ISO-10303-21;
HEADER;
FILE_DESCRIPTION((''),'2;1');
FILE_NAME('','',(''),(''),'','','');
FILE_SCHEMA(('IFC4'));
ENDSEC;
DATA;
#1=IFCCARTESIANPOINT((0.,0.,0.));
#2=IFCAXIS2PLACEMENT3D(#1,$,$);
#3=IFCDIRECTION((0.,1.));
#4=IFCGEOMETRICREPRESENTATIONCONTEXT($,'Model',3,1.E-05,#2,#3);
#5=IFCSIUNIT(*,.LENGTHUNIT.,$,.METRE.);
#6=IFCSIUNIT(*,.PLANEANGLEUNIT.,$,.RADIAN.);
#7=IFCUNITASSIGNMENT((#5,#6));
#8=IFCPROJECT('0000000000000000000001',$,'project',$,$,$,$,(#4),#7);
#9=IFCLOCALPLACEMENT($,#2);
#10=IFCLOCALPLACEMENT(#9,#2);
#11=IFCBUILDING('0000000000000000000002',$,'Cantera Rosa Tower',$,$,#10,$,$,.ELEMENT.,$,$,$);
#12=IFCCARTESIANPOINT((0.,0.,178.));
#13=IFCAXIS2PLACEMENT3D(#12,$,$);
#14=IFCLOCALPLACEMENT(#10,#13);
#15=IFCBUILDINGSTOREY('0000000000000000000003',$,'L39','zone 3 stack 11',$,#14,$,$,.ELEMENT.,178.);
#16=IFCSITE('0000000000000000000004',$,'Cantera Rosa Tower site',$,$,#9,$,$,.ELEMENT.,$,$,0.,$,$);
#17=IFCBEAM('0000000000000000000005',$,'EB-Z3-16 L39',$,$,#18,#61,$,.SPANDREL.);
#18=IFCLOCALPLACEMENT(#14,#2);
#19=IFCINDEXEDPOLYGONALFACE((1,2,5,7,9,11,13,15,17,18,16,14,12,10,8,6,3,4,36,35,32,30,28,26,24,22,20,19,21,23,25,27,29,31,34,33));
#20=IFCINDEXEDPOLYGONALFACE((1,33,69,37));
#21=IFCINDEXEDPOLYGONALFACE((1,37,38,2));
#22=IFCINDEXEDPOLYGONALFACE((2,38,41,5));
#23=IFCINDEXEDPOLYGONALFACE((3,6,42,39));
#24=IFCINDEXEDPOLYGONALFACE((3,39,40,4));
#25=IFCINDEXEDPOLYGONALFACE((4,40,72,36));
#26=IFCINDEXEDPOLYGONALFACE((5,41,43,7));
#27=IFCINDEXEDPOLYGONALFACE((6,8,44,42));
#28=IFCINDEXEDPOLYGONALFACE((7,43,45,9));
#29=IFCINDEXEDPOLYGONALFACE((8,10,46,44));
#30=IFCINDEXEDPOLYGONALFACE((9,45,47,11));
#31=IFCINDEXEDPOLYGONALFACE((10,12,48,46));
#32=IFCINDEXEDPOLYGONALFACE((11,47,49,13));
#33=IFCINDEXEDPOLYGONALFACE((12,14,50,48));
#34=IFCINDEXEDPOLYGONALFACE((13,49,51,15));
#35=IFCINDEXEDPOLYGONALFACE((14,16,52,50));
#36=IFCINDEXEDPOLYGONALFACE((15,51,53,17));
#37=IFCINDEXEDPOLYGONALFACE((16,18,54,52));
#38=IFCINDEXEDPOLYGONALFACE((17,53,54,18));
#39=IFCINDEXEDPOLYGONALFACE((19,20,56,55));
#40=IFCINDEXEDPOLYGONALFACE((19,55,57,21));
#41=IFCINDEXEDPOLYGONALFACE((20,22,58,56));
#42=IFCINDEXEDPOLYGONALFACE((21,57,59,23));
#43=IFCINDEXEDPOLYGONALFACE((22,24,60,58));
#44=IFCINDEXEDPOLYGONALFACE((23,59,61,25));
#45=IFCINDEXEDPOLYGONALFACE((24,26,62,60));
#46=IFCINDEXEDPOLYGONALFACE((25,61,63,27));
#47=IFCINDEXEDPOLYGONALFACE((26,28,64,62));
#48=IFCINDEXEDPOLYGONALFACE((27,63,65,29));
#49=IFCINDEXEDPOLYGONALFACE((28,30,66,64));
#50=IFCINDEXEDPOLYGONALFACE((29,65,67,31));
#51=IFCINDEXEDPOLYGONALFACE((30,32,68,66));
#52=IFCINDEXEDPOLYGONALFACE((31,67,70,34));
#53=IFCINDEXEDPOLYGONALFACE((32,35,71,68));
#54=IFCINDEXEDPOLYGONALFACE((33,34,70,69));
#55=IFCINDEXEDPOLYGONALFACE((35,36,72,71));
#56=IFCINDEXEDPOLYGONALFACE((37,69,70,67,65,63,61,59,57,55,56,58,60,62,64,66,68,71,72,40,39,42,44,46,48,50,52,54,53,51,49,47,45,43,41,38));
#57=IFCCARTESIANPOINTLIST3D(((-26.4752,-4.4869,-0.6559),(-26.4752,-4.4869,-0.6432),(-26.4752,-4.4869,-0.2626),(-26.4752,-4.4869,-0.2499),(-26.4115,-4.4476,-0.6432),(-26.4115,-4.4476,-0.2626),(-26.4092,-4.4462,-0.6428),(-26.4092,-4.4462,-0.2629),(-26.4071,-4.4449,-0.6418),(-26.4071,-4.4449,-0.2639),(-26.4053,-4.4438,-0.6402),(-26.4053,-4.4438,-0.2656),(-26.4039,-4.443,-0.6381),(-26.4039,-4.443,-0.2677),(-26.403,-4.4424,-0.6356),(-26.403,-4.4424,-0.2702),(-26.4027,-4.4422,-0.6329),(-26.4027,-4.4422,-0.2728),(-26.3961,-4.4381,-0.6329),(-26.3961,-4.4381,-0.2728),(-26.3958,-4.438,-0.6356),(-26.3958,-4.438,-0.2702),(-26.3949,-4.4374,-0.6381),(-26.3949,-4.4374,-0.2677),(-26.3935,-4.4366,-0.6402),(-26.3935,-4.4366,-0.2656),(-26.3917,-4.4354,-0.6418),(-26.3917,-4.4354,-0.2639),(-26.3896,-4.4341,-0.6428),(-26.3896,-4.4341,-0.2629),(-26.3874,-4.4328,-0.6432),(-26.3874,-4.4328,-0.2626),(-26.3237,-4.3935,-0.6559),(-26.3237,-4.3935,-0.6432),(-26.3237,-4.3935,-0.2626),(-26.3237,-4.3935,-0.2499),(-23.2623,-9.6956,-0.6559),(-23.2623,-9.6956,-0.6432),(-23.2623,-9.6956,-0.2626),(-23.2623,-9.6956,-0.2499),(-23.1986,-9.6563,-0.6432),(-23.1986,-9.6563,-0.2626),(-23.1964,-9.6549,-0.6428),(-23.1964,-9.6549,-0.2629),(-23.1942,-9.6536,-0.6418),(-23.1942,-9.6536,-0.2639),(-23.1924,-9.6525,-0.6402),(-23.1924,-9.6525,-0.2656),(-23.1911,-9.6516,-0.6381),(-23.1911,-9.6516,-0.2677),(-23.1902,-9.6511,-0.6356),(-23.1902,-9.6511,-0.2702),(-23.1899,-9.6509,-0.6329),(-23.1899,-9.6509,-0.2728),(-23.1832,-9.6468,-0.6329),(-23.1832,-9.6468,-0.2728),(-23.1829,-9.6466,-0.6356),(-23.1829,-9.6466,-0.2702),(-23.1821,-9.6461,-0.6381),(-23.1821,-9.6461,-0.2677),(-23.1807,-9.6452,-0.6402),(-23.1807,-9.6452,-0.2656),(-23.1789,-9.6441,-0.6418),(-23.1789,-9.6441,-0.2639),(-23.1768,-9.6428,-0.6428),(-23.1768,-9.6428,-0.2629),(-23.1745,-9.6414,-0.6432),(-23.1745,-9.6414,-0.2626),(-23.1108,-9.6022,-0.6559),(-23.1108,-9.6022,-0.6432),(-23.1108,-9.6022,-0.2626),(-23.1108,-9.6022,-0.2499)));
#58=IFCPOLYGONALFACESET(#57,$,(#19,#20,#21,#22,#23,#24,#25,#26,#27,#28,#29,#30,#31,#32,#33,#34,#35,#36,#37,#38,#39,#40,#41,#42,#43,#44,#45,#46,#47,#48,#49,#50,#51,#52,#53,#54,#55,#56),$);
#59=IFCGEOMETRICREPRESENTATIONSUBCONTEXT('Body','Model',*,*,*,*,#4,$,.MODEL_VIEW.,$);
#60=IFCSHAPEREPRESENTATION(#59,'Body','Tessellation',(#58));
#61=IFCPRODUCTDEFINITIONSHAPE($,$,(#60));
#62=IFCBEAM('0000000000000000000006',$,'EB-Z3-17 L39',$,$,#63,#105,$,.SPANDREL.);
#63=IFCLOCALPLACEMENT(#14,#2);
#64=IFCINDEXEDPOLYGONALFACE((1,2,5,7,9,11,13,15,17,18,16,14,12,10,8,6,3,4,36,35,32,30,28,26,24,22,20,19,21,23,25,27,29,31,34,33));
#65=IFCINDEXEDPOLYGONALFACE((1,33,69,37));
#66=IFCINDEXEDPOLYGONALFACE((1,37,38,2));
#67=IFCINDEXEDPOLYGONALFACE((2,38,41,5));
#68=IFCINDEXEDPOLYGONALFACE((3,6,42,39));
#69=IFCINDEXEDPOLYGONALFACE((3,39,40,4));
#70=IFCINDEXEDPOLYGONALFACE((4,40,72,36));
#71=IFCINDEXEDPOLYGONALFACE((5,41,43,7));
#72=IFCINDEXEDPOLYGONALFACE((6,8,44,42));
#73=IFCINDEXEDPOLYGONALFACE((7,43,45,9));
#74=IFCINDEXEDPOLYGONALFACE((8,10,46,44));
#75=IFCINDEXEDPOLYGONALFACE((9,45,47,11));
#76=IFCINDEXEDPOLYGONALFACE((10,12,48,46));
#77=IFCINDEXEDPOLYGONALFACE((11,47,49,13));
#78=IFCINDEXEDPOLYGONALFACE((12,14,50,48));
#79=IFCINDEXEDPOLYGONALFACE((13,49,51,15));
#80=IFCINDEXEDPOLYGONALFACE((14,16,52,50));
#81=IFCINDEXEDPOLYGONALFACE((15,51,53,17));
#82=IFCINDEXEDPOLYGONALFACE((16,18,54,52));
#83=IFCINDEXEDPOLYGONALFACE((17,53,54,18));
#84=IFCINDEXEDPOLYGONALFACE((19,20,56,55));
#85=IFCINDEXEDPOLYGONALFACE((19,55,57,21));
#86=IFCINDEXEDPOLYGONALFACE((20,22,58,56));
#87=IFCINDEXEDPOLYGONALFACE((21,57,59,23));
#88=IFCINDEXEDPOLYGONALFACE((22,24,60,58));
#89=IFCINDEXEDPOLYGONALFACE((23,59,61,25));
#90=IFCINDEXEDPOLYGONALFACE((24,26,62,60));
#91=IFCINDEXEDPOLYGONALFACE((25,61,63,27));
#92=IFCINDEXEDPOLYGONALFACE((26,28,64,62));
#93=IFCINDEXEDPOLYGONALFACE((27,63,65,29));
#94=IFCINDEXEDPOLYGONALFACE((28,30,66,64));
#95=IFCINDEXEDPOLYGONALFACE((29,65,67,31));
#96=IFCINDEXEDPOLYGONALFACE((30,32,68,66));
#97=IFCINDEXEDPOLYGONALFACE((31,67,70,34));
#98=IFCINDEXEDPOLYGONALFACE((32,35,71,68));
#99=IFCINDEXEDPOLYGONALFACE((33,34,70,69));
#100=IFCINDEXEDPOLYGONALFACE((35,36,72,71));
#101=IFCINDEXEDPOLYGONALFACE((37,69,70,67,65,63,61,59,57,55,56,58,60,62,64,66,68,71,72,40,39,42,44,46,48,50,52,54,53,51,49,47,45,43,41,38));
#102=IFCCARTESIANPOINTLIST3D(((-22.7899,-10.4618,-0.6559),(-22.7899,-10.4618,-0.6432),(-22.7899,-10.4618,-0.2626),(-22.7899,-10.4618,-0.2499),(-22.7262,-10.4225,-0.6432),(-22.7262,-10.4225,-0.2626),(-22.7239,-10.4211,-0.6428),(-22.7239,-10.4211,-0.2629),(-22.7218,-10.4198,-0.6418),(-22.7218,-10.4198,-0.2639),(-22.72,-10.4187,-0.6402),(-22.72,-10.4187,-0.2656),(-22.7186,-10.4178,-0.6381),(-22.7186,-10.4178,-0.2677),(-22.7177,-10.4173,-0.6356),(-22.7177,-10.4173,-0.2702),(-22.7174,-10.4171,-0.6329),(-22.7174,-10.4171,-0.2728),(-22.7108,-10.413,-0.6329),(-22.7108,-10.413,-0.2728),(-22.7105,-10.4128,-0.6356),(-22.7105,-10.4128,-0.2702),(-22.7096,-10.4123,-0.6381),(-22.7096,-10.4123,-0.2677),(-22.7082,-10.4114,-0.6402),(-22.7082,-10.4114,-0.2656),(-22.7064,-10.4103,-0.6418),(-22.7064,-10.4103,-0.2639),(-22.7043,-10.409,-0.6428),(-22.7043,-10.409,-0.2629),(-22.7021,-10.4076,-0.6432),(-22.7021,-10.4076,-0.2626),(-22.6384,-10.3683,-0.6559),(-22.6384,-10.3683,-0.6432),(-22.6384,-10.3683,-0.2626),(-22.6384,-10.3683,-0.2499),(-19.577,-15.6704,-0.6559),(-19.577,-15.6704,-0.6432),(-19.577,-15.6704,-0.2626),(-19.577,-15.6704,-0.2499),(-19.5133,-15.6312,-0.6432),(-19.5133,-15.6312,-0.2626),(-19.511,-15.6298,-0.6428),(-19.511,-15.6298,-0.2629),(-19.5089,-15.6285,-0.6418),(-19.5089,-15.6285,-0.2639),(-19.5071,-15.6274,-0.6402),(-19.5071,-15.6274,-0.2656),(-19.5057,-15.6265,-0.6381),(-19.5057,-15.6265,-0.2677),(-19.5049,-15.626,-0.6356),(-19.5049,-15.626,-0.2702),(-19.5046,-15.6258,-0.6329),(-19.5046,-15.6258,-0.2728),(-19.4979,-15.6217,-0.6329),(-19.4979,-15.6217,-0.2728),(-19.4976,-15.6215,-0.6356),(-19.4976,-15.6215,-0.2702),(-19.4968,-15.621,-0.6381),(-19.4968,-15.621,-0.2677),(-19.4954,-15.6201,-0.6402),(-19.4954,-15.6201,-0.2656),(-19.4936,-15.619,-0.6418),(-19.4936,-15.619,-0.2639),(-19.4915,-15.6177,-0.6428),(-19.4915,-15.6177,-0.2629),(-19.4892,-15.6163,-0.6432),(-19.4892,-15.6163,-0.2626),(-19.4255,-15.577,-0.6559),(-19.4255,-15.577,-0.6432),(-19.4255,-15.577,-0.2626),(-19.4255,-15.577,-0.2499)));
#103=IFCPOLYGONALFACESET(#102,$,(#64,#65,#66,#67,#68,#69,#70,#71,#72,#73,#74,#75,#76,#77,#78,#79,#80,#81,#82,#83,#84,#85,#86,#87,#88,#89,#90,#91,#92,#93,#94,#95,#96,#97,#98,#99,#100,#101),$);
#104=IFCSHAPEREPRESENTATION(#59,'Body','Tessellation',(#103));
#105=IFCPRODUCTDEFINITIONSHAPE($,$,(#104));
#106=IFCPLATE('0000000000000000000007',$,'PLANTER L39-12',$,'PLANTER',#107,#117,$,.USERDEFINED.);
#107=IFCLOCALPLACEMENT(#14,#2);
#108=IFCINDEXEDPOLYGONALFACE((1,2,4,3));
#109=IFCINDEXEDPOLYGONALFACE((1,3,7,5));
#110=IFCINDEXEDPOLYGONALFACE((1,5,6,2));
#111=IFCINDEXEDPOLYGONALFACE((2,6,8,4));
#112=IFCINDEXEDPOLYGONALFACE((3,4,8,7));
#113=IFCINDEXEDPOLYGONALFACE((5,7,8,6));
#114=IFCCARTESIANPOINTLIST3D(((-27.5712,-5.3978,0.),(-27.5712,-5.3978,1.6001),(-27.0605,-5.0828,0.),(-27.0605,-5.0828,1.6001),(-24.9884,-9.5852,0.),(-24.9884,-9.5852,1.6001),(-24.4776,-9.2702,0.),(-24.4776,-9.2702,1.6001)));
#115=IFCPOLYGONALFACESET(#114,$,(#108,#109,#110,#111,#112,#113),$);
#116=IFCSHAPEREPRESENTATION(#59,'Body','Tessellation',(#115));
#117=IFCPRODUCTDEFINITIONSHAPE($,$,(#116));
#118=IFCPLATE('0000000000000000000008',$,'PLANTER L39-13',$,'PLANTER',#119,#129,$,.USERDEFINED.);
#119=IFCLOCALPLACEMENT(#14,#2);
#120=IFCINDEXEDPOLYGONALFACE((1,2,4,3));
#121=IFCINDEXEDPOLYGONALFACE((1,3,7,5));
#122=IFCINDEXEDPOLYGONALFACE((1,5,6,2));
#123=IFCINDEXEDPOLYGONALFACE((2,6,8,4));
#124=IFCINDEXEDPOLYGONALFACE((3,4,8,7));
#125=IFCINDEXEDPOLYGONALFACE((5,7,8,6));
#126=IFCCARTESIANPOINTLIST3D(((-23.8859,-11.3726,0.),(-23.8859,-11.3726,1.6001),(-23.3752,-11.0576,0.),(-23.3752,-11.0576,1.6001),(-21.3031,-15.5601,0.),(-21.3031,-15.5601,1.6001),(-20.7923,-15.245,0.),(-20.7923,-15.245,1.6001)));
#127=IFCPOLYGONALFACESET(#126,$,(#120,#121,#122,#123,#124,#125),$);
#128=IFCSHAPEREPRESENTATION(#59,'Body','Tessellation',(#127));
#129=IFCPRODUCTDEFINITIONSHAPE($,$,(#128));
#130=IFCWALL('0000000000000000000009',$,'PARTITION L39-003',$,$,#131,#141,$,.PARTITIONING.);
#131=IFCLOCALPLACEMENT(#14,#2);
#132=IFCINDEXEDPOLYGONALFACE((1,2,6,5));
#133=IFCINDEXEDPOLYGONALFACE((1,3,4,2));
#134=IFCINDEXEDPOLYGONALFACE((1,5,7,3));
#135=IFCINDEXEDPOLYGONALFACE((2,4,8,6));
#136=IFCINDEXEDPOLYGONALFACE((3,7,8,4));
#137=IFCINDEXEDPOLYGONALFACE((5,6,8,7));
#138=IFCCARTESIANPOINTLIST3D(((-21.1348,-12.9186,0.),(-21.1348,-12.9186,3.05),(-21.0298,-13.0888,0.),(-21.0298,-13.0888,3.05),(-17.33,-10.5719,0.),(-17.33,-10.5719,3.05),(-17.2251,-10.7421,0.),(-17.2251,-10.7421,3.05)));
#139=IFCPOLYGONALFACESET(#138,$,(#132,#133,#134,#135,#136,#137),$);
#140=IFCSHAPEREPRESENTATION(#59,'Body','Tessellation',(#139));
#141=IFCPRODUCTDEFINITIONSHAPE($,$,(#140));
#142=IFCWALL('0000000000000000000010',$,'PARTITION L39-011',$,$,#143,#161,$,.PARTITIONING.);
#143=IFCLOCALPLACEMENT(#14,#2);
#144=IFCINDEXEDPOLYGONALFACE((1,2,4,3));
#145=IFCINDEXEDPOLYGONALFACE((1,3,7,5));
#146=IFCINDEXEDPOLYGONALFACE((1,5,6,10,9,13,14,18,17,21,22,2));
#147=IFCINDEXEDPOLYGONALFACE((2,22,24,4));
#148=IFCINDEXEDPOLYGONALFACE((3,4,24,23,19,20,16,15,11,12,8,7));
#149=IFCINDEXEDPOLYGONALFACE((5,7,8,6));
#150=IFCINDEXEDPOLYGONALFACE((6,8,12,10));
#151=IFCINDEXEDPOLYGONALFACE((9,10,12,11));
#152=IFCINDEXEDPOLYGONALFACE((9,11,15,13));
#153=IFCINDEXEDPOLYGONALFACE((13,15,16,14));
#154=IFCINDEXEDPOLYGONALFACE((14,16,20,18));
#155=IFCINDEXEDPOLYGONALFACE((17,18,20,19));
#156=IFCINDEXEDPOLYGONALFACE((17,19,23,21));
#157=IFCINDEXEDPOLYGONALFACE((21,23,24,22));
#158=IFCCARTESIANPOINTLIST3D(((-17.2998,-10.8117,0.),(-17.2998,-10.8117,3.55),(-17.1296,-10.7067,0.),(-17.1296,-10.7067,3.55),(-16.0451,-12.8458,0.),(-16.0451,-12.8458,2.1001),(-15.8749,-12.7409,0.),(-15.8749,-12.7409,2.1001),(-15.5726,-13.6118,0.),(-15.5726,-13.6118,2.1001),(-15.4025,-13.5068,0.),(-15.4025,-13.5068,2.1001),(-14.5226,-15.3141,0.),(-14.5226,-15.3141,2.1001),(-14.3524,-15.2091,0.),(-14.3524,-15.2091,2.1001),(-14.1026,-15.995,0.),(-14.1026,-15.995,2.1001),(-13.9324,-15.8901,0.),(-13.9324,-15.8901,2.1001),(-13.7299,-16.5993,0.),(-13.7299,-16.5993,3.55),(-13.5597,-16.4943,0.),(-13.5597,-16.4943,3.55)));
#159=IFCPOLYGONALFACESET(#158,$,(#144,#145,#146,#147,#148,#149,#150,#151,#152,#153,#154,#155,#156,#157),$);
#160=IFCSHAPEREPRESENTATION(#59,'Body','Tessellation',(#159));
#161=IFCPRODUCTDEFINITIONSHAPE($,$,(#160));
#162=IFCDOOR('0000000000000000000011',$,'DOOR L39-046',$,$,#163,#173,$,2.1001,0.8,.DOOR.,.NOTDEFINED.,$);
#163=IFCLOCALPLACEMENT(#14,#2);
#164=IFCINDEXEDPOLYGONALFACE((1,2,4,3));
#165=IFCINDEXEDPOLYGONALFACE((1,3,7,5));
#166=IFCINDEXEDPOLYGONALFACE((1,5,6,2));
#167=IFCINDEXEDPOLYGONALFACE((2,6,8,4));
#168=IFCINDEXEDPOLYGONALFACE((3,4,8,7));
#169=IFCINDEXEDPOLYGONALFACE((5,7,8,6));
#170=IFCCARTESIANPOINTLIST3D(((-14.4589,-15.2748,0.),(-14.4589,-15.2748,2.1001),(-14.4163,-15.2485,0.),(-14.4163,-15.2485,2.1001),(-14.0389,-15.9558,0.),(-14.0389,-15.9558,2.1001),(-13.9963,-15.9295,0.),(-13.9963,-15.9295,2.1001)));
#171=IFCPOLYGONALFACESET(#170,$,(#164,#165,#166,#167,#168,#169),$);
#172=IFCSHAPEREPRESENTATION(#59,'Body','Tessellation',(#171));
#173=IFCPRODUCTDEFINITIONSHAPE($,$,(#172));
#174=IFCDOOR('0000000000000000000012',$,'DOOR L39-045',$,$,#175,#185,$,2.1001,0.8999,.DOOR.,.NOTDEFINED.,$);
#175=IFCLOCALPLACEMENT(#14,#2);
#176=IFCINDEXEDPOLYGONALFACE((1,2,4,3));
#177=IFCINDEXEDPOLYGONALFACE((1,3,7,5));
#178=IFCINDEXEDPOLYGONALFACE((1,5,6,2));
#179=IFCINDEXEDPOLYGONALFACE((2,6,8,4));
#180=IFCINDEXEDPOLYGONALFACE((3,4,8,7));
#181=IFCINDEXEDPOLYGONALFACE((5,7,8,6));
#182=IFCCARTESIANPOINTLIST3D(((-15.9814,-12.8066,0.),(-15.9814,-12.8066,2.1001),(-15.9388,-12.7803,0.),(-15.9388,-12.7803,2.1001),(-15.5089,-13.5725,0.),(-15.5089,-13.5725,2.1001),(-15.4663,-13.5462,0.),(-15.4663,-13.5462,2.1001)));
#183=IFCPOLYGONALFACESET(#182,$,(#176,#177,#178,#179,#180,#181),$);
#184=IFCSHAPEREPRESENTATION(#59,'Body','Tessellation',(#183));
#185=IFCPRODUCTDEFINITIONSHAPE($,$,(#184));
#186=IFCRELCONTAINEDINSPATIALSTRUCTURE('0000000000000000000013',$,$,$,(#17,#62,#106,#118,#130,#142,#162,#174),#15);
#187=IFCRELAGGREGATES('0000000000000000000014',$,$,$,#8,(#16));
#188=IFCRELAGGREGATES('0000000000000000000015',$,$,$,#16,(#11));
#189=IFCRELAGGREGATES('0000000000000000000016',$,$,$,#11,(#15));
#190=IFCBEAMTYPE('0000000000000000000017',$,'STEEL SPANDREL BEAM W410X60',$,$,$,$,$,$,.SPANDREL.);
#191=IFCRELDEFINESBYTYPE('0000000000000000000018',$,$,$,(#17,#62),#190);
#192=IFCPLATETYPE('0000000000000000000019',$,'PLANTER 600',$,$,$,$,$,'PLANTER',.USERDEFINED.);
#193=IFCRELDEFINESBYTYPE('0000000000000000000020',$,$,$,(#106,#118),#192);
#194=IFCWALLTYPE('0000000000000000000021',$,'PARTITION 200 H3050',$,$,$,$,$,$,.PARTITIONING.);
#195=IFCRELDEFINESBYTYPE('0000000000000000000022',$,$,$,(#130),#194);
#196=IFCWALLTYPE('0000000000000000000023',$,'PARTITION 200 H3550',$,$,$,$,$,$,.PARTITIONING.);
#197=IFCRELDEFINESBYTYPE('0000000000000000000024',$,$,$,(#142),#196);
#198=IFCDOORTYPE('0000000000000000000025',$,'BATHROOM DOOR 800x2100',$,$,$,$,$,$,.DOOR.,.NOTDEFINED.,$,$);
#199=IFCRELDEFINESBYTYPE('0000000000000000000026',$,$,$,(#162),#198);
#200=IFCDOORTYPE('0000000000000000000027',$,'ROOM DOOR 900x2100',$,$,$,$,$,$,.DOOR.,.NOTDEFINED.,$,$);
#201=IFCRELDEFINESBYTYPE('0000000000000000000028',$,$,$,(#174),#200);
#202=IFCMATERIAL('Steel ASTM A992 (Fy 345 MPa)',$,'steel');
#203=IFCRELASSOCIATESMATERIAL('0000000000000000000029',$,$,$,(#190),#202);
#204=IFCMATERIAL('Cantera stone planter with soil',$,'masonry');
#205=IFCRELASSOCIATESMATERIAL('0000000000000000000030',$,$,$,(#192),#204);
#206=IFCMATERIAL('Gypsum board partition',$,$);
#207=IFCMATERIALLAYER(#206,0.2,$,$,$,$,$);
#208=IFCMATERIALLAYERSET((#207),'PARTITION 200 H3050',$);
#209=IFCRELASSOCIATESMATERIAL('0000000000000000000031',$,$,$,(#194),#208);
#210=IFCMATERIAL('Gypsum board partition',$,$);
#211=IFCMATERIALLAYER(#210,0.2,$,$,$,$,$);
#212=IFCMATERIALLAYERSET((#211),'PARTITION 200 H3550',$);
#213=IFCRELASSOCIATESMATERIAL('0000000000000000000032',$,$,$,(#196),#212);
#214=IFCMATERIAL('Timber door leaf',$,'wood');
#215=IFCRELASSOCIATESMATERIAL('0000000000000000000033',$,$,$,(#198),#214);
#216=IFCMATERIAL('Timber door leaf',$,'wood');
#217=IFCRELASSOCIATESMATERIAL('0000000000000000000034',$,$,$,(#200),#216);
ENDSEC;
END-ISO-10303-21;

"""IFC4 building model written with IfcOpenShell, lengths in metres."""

from ifc_helpers import new_model, si_unit, direction, frame, frame_2d, origin, origin_2d, place, context, subcontext, project, spatial, rectangle, i_section, extrude, material, layer, layer_set, material_profile, profile_set, type_object, element, fill, save


model = new_model("IFC4")

# Units and contexts
model_context = context("Model", 3, precision=1e-05, world=origin(), true_north=direction((0.0, 1.0)))
body_context = subcontext(model_context, "Body", "Model", "MODEL_VIEW")
ifc_project = project(units=[si_unit("LENGTHUNIT", "METRE"), si_unit("PLANEANGLEUNIT", "RADIAN")], contexts=[model_context])

# Site, building, storey
site_placement = place(None, origin())
site = spatial("IfcSite", under=ifc_project, at=site_placement, Name="Cantera Rosa Tower site", CompositionType="ELEMENT", RefElevation=0.0)
building_placement = place(site_placement, origin())
building = spatial("IfcBuilding", under=site, at=building_placement, Name="Cantera Rosa Tower", CompositionType="ELEMENT")
storey_placement = place(building_placement, frame((0.0, 0.0, 178.0)))
storey = spatial("IfcBuildingStorey", under=building, at=storey_placement, Name="L39", Description="zone 3 stack 11", CompositionType="ELEMENT", Elevation=178.0)

# Beams
ifc_material_1 = material(Name="Steel ASTM A992 (Fy 345 MPa)", Category="steel")
ifc_material_profile_1 = material_profile(ifc_material_1, i_section(OverallWidth=0.178, OverallDepth=0.406, WebThickness=0.0078, FlangeThickness=0.0127, FilletRadius=0.0103, at=origin_2d()), Name="W410X60")
ifc_profile_set_1 = profile_set([ifc_material_profile_1], Name="Steel ASTM A992 (Fy 345 MPa)")
beam_type_1 = type_object("IfcBeamType", Name="STEEL SPANDREL BEAM W410X60", PredefinedType="SPANDREL", material=ifc_profile_set_1)
for number, where, z_axis, x_axis, name in (
    (1, (-26.3994, -4.4402, -0.4529), (0.524987, -0.85111, 0.0), (0.85111, 0.524987, 0.0), "EB-Z3-16 L39"),
    (2, (-22.7141, -10.415, -0.4529), (0.524987, -0.85111, 0.0), (0.85111, 0.524987, 0.0), "EB-Z3-17 L39"),
):
    element("IfcBeam", number, at=place(storey_placement, frame(where, z_axis=z_axis, x_axis=x_axis)), inside=storey, type_object=beam_type_1, Name=name, PredefinedType="SPANDREL", context=body_context, shape_type="SweptSolid", body=[
        extrude(i_section(OverallWidth=0.178, OverallDepth=0.406, WebThickness=0.0078, FlangeThickness=0.0127, FilletRadius=0.0103, at=origin_2d()), origin(), (0.0, 0.0, 1.0), 6.1199),
    ])

# Plates
ifc_material_2 = material(Name="Cantera stone planter with soil", Category="masonry")
plate_type = type_object("IfcPlateType", Name="PLANTER 600", ElementType="PLANTER", PredefinedType="USERDEFINED", material=ifc_material_2)
for number, where, z_axis, x_axis, name in (
    (3, (-26.0244, -7.334, 0.0), (0.0, 0.0, 1.0), (0.524977, -0.851117, 0.0), "PLANTER L39-12"),
    (4, (-22.3391, -13.3088, 0.0), (0.0, 0.0, 1.0), (0.524977, -0.851117, 0.0), "PLANTER L39-13"),
):
    element("IfcPlate", number, at=place(storey_placement, frame(where, z_axis=z_axis, x_axis=x_axis)), inside=storey, type_object=plate_type, Name=name, ObjectType="PLANTER", PredefinedType="USERDEFINED", context=body_context, shape_type="SweptSolid", body=[
        extrude(rectangle(XDim=4.9199, YDim=0.6001, at=origin_2d()), origin(), (0.0, 0.0, 1.0), 1.6001),
    ])

# Wall
ifc_material_3 = material(Name="Gypsum board partition")
ifc_layer_1 = layer(ifc_material_3, 0.2)
ifc_layer_set_1 = layer_set([ifc_layer_1], Name="PARTITION 200 H3050")
wall_type_1 = type_object("IfcWallType", Name="PARTITION 200 H3050", PredefinedType="PARTITIONING", material=ifc_layer_set_1)
wall_1_placement = place(storey_placement, frame((-21.0823, -13.0037, 0.0), z_axis=(0.0, 0.0, 1.0), x_axis=(0.851125, 0.524963, 0.0)))
element("IfcWall", 5, at=wall_1_placement, inside=storey, type_object=wall_type_1, Name="PARTITION L39-003", PredefinedType="PARTITIONING", context=body_context, shape_type="SweptSolid", body=[
    extrude(rectangle(XDim=4.4702, YDim=0.2, at=frame_2d((2.2351, 0.0))), origin(), (0.0, 0.0, 1.0), 3.05),
])

# Wall, openings, doors
ifc_material_4 = material(Name="Gypsum board partition")
ifc_layer_2 = layer(ifc_material_4, 0.2)
ifc_layer_set_2 = layer_set([ifc_layer_2], Name="PARTITION 200 H3550")
wall_type_2 = type_object("IfcWallType", Name="PARTITION 200 H3550", PredefinedType="PARTITIONING", material=ifc_layer_set_2)
wall_2_placement = place(storey_placement, frame((-17.2146, -10.7593, 0.0), z_axis=(0.0, 0.0, 1.0), x_axis=(0.524975, -0.851118, 0.0)))
wall_2 = element("IfcWall", 6, at=wall_2_placement, inside=storey, type_object=wall_type_2, Name="PARTITION L39-011", PredefinedType="PARTITIONING", context=body_context, shape_type="SweptSolid", body=[
    extrude(rectangle(XDim=6.8, YDim=0.2, at=frame_2d((3.3999, 0.0))), origin(), (0.0, 0.0, 1.0), 3.55),
])
opening_1_placement = place(wall_2_placement, frame((2.3899, 0.0, 0.0)))
opening_1 = element("IfcOpeningElement", 7, at=opening_1_placement, cuts=wall_2, PredefinedType="OPENING", context=body_context, shape_type="SweptSolid", body=[
    extrude(rectangle(XDim=0.8999, YDim=2.1001, at=frame_2d((0.45, 1.05))), frame((0.0, 0.1099, 0.0), z_axis=(0.0, -1.0, 0.0), x_axis=(1.0, 0.0, 0.0)), (0.0, 0.0, 1.0), 0.22),
])
opening_2_placement = place(wall_2_placement, frame((5.29, 0.0, 0.0)))
opening_2 = element("IfcOpeningElement", 8, at=opening_2_placement, cuts=wall_2, PredefinedType="OPENING", context=body_context, shape_type="SweptSolid", body=[
    extrude(rectangle(XDim=0.8, YDim=2.1001, at=frame_2d((0.3999, 1.05))), frame((0.0, 0.1099, 0.0), z_axis=(0.0, -1.0, 0.0), x_axis=(1.0, 0.0, 0.0)), (0.0, 0.0, 1.0), 0.22),
])
ifc_material_5 = material(Name="Timber door leaf", Category="wood")
door_type_1 = type_object("IfcDoorType", Name="BATHROOM DOOR 800x2100", OperationType="NOTDEFINED", PredefinedType="DOOR", material=ifc_material_5)
door_1_placement = place(opening_2_placement, origin())
door_1 = element("IfcDoor", 9, at=door_1_placement, inside=storey, type_object=door_type_1, Name="DOOR L39-046", OperationType="NOTDEFINED", OverallHeight=2.1001, OverallWidth=0.8, PredefinedType="DOOR", context=body_context, shape_type="SweptSolid", body=[
    extrude(rectangle(XDim=0.8, YDim=2.1001, at=frame_2d((0.3999, 1.05))), frame((0.0, 0.0249, 0.0), z_axis=(0.0, -1.0, 0.0), x_axis=(1.0, 0.0, 0.0)), (0.0, 0.0, 1.0), 0.05),
])
fill(opening_2, door_1)
ifc_material_6 = material(Name="Timber door leaf", Category="wood")
door_type_2 = type_object("IfcDoorType", Name="ROOM DOOR 900x2100", OperationType="NOTDEFINED", PredefinedType="DOOR", material=ifc_material_6)
door_2_placement = place(opening_1_placement, origin())
door_2 = element("IfcDoor", 10, at=door_2_placement, inside=storey, type_object=door_type_2, Name="DOOR L39-045", OperationType="NOTDEFINED", OverallHeight=2.1001, OverallWidth=0.8999, PredefinedType="DOOR", context=body_context, shape_type="SweptSolid", body=[
    extrude(rectangle(XDim=0.8999, YDim=2.1001, at=frame_2d((0.45, 1.05))), frame((0.0, 0.0249, 0.0), z_axis=(0.0, -1.0, 0.0), x_axis=(1.0, 0.0, 0.0)), (0.0, 0.0, 1.0), 0.05),
])
fill(opening_1, door_2)

save(model, "model.ifc")
